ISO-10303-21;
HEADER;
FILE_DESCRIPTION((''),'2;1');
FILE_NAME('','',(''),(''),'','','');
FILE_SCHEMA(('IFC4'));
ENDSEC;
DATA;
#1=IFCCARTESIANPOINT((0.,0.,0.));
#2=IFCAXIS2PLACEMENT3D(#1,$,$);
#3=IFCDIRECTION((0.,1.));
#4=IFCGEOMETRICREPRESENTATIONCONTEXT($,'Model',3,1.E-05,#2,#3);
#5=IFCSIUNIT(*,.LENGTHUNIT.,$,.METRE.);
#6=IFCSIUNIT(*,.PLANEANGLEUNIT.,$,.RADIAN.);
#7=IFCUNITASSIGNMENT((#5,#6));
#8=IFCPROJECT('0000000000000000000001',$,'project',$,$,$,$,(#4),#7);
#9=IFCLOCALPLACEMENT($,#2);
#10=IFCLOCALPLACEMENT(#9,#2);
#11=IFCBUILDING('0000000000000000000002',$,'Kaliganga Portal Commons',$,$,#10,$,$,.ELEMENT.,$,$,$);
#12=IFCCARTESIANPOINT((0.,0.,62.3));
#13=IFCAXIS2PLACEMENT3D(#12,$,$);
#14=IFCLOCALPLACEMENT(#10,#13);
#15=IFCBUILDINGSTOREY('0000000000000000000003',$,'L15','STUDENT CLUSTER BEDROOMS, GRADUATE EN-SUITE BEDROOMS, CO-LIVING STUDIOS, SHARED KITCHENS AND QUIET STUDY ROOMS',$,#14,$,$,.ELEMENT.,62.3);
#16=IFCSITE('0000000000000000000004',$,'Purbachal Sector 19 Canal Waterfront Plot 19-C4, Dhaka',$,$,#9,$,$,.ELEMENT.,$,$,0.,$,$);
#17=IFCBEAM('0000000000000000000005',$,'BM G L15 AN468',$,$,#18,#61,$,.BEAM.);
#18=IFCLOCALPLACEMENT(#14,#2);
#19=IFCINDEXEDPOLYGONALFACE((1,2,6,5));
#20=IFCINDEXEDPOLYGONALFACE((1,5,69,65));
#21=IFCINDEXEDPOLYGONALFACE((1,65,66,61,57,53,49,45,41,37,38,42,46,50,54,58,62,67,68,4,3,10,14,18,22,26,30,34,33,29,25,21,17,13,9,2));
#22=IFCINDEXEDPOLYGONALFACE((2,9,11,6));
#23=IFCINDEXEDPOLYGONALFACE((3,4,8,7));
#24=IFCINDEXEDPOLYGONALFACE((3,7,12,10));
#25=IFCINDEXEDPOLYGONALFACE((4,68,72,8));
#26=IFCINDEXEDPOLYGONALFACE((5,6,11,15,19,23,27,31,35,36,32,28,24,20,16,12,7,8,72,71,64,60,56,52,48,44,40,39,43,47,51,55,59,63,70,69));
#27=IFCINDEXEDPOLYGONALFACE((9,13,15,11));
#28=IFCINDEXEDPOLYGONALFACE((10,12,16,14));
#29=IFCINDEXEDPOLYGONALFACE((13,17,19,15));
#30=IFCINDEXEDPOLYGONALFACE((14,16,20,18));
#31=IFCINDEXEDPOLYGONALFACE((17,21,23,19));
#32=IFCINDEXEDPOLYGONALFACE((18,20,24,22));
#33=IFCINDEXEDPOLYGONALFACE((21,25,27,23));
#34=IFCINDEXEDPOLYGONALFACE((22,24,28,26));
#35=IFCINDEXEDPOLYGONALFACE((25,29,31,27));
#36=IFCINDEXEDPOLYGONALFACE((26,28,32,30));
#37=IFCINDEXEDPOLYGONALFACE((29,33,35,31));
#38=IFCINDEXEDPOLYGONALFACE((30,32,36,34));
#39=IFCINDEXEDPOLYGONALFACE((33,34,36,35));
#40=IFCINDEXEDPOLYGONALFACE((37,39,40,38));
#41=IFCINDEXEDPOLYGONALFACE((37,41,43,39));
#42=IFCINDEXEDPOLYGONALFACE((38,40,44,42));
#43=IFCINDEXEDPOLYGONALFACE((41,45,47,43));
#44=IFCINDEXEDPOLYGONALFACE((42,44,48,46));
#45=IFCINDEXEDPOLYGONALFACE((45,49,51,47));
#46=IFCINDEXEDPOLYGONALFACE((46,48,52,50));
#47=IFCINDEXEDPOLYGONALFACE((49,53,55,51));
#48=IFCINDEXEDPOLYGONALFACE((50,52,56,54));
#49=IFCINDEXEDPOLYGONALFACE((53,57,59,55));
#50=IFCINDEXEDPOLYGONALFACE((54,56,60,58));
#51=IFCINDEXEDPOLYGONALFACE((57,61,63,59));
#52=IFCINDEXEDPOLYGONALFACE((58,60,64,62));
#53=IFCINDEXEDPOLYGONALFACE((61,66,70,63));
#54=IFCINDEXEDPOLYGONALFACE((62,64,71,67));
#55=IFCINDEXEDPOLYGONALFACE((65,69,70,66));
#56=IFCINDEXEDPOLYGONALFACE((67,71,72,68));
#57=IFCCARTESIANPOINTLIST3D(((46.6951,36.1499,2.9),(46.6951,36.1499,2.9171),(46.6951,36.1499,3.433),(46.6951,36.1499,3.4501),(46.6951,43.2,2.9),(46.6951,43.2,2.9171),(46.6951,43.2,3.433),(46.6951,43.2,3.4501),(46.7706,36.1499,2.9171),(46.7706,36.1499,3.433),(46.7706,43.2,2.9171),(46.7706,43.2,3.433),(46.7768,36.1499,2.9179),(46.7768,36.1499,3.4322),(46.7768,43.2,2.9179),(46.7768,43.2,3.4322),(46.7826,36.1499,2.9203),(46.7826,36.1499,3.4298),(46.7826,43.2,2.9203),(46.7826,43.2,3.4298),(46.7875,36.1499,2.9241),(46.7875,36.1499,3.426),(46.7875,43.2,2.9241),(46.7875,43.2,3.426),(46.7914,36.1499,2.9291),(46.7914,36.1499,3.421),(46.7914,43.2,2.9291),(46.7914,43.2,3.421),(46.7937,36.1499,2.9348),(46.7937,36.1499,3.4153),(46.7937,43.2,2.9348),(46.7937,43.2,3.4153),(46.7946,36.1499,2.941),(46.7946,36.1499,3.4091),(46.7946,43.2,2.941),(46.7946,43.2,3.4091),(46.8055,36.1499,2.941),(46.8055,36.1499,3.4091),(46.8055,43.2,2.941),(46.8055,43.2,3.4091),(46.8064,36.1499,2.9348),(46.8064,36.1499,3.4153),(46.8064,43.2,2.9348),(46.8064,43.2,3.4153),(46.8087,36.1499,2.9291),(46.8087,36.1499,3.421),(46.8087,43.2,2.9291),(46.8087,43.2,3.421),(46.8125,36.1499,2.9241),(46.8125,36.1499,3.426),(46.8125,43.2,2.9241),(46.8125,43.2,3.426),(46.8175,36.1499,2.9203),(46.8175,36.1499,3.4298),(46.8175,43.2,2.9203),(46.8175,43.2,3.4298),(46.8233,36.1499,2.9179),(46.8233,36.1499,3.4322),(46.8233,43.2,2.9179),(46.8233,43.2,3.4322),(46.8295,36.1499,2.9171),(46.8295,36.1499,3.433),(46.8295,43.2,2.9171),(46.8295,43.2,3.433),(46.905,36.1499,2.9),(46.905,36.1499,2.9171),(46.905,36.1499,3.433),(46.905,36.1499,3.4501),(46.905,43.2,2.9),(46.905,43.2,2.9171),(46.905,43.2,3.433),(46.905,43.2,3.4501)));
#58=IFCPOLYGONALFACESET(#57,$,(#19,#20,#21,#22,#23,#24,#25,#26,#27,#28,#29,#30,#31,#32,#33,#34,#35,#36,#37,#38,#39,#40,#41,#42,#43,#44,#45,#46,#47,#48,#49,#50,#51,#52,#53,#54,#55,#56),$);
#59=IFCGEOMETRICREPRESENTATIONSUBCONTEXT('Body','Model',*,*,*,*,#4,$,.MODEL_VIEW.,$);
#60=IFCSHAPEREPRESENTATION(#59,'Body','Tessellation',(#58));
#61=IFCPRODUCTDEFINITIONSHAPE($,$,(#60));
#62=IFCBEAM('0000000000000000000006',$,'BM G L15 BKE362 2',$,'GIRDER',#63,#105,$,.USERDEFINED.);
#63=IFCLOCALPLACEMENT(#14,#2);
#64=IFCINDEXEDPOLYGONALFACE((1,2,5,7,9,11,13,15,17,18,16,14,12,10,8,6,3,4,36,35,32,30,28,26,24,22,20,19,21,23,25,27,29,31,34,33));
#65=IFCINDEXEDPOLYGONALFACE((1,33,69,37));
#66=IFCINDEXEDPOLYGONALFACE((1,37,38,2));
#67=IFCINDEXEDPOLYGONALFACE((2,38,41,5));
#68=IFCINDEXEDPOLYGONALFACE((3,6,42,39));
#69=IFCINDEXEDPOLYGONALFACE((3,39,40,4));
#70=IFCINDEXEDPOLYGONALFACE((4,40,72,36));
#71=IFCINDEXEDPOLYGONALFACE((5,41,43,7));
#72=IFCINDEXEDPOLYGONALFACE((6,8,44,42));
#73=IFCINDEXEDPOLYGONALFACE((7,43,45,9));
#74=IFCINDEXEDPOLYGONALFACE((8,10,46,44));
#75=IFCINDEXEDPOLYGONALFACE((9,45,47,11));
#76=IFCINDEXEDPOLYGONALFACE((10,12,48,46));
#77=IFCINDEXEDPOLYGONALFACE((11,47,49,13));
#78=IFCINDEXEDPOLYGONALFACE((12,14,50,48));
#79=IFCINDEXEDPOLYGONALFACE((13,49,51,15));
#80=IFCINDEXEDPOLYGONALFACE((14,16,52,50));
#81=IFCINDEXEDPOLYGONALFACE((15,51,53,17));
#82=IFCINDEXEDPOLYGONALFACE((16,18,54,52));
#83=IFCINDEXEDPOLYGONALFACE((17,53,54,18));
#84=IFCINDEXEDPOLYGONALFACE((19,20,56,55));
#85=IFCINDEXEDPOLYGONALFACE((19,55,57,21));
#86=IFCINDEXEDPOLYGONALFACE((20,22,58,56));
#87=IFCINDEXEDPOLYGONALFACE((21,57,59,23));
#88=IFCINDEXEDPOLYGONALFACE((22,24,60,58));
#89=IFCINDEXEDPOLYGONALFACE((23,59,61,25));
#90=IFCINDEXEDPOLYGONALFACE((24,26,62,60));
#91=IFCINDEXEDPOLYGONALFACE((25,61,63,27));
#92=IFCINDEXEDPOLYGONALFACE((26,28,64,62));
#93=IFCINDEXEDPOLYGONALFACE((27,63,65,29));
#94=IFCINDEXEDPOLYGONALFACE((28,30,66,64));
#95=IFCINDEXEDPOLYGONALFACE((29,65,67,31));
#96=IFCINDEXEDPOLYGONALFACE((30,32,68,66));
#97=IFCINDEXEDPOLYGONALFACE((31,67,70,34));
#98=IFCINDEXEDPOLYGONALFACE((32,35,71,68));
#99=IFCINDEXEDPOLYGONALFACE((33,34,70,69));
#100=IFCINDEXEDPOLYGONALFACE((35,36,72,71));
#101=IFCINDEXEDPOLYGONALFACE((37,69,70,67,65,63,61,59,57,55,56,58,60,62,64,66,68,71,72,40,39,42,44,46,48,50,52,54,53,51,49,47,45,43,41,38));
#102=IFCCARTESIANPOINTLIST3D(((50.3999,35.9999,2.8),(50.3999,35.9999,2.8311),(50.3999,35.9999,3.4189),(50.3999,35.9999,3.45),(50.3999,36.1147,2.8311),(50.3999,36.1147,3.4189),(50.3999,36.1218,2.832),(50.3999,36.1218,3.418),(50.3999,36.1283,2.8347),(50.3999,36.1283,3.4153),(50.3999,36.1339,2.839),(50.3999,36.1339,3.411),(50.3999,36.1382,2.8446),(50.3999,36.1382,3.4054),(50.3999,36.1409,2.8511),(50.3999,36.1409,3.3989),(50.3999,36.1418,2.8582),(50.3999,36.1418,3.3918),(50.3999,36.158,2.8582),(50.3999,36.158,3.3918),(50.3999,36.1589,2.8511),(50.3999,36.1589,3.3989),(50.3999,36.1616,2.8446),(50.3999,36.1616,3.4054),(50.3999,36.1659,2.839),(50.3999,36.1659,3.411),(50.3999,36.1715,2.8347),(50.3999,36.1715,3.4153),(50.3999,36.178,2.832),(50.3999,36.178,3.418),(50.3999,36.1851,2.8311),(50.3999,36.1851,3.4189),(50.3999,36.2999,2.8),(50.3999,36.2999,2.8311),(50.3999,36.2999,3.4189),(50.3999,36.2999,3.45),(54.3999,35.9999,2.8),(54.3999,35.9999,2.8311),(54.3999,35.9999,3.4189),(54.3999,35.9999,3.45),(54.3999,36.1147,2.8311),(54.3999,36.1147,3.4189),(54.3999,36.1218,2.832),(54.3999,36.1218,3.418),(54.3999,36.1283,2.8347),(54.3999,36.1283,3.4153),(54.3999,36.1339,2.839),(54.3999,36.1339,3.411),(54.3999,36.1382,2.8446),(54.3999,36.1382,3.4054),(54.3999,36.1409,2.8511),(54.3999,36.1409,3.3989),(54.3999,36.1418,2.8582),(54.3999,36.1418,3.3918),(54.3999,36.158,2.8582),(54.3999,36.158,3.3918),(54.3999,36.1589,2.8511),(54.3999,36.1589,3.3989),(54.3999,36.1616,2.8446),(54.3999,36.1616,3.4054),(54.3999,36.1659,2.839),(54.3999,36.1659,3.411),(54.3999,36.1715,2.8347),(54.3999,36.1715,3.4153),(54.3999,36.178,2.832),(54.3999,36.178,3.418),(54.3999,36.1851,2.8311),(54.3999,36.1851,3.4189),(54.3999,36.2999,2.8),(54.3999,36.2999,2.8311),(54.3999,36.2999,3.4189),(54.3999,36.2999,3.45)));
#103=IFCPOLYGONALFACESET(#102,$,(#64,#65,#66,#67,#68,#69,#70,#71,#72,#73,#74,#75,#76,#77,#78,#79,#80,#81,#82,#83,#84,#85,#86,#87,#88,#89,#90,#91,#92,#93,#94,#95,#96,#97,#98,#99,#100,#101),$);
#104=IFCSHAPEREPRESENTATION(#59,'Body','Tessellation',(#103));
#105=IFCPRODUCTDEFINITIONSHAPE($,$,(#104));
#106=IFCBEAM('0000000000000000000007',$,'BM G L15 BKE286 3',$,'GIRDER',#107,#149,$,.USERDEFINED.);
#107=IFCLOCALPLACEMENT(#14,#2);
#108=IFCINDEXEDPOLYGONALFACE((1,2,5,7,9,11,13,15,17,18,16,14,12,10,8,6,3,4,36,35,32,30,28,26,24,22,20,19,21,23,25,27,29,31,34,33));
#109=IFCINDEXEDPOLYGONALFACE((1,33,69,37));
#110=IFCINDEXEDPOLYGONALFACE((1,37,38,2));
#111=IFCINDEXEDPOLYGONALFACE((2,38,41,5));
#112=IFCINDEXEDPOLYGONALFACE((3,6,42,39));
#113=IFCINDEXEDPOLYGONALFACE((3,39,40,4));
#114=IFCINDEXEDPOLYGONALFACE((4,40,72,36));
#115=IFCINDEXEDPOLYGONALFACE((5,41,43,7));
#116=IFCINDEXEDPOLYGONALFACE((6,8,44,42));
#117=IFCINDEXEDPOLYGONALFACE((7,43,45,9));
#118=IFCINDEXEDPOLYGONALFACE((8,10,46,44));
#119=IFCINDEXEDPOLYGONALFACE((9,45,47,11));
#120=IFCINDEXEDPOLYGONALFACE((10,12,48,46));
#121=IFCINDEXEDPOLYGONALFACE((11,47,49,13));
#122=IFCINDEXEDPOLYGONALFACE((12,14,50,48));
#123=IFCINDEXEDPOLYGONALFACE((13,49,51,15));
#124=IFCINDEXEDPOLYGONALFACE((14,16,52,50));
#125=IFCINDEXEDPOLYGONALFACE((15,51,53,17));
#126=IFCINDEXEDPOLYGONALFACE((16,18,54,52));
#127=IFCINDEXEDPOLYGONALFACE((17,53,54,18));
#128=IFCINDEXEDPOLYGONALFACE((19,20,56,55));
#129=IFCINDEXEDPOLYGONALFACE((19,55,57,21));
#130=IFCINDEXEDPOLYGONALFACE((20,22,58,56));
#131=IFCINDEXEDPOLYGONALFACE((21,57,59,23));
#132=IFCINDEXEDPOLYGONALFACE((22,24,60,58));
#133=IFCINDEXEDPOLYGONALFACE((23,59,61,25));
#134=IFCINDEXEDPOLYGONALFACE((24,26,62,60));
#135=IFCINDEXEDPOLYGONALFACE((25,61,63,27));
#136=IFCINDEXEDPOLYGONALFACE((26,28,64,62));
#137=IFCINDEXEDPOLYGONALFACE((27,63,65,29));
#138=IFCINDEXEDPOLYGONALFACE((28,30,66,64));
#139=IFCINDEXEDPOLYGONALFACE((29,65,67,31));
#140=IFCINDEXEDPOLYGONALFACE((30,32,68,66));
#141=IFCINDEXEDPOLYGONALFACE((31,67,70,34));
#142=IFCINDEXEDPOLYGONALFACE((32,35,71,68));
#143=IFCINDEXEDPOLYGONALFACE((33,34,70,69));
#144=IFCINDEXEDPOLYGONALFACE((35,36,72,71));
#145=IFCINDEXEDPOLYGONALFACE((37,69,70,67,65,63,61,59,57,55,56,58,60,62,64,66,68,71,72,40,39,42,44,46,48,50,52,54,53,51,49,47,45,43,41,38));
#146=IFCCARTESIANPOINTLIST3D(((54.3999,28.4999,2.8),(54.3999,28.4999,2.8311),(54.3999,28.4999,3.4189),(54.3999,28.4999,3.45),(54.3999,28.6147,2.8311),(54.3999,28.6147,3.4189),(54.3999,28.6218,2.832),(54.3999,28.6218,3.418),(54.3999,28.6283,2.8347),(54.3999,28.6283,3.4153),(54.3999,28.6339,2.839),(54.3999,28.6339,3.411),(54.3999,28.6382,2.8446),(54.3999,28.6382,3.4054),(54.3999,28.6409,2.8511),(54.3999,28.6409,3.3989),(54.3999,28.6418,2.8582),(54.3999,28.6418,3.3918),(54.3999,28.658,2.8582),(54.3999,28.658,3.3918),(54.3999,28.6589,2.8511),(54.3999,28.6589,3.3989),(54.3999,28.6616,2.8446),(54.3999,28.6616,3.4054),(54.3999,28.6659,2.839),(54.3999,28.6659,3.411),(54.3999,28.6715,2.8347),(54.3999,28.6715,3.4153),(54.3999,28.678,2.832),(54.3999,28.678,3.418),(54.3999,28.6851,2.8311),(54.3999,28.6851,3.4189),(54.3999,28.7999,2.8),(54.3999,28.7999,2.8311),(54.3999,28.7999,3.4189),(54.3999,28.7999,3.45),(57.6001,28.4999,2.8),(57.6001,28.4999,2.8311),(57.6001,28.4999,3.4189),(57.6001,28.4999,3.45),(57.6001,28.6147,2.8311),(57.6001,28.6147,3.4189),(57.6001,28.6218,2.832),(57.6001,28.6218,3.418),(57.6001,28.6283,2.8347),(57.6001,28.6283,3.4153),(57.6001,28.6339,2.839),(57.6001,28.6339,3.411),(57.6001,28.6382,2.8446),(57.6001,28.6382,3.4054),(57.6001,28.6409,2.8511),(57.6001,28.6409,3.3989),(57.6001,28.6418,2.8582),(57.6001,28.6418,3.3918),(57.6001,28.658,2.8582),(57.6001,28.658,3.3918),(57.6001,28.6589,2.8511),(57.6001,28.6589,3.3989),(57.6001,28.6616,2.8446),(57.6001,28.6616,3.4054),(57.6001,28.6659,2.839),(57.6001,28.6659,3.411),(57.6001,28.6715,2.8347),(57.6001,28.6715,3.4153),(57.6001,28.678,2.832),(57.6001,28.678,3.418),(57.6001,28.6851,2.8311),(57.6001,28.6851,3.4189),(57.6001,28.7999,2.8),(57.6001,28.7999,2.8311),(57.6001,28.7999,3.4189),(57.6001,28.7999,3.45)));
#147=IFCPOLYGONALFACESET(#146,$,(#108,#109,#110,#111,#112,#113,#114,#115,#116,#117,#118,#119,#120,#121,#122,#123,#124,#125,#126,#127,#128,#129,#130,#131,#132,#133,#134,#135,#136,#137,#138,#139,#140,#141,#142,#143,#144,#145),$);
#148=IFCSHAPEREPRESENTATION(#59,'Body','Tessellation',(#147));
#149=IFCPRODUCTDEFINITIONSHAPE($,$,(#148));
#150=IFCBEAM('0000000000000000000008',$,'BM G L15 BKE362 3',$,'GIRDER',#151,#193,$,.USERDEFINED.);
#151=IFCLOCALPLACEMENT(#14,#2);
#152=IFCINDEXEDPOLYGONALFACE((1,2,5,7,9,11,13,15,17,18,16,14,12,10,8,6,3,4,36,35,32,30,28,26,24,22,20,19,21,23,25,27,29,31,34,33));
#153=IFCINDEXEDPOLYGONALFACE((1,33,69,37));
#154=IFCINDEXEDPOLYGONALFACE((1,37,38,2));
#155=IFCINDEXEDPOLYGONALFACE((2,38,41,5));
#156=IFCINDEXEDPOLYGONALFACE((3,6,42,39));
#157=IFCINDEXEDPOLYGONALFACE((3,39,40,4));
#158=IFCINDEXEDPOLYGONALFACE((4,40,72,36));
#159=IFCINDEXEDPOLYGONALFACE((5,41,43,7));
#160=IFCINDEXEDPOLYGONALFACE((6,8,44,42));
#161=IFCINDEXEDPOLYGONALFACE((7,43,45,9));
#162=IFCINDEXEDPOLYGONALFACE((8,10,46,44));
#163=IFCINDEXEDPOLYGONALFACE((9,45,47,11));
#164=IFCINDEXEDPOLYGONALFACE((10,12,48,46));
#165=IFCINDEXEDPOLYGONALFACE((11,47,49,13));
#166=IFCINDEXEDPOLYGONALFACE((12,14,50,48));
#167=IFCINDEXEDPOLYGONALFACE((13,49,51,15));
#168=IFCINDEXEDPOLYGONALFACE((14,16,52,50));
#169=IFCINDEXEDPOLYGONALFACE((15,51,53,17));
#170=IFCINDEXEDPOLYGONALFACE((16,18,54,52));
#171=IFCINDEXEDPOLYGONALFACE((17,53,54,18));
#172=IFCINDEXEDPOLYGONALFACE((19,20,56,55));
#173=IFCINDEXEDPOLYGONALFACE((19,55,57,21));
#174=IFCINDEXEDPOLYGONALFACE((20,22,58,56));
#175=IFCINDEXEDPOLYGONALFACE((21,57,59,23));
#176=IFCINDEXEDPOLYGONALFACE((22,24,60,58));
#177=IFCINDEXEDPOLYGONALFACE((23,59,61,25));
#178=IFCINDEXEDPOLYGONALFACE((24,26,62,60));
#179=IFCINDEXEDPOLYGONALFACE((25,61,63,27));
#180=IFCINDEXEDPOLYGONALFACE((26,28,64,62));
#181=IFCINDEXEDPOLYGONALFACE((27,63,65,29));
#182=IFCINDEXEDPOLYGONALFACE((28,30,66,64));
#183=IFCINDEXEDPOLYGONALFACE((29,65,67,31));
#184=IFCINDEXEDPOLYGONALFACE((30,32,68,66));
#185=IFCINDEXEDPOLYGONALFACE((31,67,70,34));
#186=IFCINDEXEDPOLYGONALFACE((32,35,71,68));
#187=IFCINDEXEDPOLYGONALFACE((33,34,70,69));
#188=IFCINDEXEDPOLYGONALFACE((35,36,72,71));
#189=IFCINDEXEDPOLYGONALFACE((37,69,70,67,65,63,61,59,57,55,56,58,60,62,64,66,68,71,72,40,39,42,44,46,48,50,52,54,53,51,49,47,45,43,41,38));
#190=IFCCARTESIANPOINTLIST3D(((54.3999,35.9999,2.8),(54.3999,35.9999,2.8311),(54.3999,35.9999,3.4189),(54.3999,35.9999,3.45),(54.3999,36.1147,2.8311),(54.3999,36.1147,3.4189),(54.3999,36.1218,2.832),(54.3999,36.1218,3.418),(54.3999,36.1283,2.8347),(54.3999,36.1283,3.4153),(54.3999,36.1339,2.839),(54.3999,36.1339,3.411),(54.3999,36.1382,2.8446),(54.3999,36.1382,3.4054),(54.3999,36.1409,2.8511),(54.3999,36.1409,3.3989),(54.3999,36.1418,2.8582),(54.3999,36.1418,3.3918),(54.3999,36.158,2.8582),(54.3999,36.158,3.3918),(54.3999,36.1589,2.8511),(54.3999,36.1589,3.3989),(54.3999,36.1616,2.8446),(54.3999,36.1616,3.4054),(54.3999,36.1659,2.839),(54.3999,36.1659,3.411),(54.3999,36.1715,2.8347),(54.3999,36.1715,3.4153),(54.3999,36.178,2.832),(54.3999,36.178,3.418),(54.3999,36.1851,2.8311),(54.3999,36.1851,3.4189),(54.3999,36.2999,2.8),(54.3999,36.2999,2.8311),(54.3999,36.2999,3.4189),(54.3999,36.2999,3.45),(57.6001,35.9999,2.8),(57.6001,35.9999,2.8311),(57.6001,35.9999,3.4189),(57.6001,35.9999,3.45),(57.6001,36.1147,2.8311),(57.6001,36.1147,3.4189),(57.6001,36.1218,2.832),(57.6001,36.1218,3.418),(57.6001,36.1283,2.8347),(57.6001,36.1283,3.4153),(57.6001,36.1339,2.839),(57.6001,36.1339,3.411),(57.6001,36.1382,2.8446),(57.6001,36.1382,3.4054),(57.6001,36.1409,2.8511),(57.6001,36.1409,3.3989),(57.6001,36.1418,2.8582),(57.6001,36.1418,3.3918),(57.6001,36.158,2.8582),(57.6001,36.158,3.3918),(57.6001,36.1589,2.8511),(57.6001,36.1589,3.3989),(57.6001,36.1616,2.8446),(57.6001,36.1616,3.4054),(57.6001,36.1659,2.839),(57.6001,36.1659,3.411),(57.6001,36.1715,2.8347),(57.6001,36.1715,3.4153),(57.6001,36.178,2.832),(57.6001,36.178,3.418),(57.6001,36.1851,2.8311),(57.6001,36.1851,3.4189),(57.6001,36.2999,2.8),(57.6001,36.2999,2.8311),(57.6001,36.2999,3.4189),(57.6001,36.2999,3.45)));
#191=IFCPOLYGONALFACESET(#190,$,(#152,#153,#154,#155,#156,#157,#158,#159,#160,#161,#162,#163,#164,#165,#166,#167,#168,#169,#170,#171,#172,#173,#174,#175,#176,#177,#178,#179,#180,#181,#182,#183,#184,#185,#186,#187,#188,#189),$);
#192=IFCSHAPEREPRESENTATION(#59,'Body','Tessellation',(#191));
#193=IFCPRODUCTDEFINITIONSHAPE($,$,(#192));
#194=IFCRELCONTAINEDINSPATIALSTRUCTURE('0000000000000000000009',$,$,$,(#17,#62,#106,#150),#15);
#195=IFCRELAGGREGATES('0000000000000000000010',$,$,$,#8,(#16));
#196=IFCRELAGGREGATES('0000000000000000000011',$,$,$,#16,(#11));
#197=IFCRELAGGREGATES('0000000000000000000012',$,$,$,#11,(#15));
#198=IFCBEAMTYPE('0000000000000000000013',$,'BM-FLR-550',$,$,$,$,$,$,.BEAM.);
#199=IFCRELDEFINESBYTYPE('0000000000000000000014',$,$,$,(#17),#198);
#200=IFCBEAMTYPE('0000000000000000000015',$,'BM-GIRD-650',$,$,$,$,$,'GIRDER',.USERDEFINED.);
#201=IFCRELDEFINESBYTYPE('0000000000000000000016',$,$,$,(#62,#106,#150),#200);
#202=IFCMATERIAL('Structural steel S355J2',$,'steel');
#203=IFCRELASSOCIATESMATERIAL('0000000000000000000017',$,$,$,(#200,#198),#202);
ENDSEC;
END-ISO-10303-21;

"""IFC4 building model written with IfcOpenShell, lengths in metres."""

from ifc_helpers import new_model, si_unit, direction, frame, origin, origin_2d, place, context, subcontext, project, spatial, i_section, extrude, source, transform, mapped, material, material_profile, profile_set, type_object, element, save


model = new_model("IFC4")

# Units and contexts
model_context = context("Model", 3, precision=1e-05, world=origin(), true_north=direction((0.0, 1.0)))
body_context = subcontext(model_context, "Body", "Model", "MODEL_VIEW")
ifc_project = project(units=[si_unit("LENGTHUNIT", "METRE"), si_unit("PLANEANGLEUNIT", "RADIAN")], contexts=[model_context])

# Site, building, storey
site_placement = place(None, origin())
site = spatial("IfcSite", under=ifc_project, at=site_placement, Name="Purbachal Sector 19 Canal Waterfront Plot 19-C4, Dhaka", CompositionType="ELEMENT", RefElevation=0.0)
building_placement = place(site_placement, origin())
building = spatial("IfcBuilding", under=site, at=building_placement, Name="Kaliganga Portal Commons", CompositionType="ELEMENT")
storey_placement = place(building_placement, frame((0.0, 0.0, 62.3)))
storey = spatial("IfcBuildingStorey", under=building, at=storey_placement, Name="L15", Description="STUDENT CLUSTER BEDROOMS, GRADUATE EN-SUITE BEDROOMS, CO-LIVING STUDIOS, SHARED KITCHENS AND QUIET STUDY ROOMS", CompositionType="ELEMENT", Elevation=62.3)

# Beams
ifc_material_1 = material(Name="Structural steel S355J2", Category="steel")
ifc_material_profile_1 = material_profile(ifc_material_1, i_section(OverallWidth=0.3, OverallDepth=0.6499, WebThickness=0.0161, FlangeThickness=0.031, FilletRadius=0.0271, at=origin_2d()), Name="HE 650 B")
ifc_profile_set_1 = profile_set([ifc_material_profile_1], Name="Structural steel S355J2 wide-flange")
beam_type_1 = type_object("IfcBeamType", Name="BM-GIRD-650", ElementType="GIRDER", PredefinedType="USERDEFINED", material=ifc_profile_set_1)
ifc_material_profile_2 = material_profile(ifc_material_1, i_section(OverallWidth=0.21, OverallDepth=0.55, WebThickness=0.011, FlangeThickness=0.0171, FilletRadius=0.0239, at=origin_2d()), Name="IPE 550")
ifc_profile_set_2 = profile_set([ifc_material_profile_2], Name="Structural steel S355J2 wide-flange")
beam_type_2 = type_object("IfcBeamType", Name="BM-FLR-550", PredefinedType="BEAM", material=ifc_profile_set_2)
shared_shape_1 = source(origin(), body_context, "Body", "SweptSolid", [
    extrude(i_section(OverallWidth=0.21, OverallDepth=0.55, WebThickness=0.011, FlangeThickness=0.0171, FilletRadius=0.0239, at=origin_2d()), origin(), (0.0, 0.0, 1.0), 7.05),
])
beam_1_placement = place(storey_placement, frame((46.8, 36.1499, 3.175), z_axis=(0.0, 1.0, 0.0), x_axis=(-1.0, 0.0, 0.0)))
element("IfcBeam", 1, at=beam_1_placement, inside=storey, type_object=beam_type_2, Name="BM G L15 AN468", PredefinedType="BEAM", context=body_context, shape_type="MappedRepresentation", body=[
    mapped(shared_shape_1, transform((0.0, 0.0, 0.0), x_axis=(1.0, 0.0, 0.0), y_axis=(0.0, 1.0, 0.0), z_axis=(0.0, 0.0, 1.0), scale=1.0)),
])
shared_shape_2 = source(origin(), body_context, "Body", "SweptSolid", [
    extrude(i_section(OverallWidth=0.3, OverallDepth=0.6499, WebThickness=0.0161, FlangeThickness=0.031, FilletRadius=0.0271, at=origin_2d()), origin(), (0.0, 0.0, 1.0), 4.0),
])
beam_2_placement = place(storey_placement, frame((50.3999, 36.1499, 3.125), z_axis=(1.0, 0.0, 0.0), x_axis=(0.0, 1.0, 0.0)))
element("IfcBeam", 2, at=beam_2_placement, inside=storey, type_object=beam_type_1, Name="BM G L15 BKE362 2", ObjectType="GIRDER", PredefinedType="USERDEFINED", context=body_context, shape_type="MappedRepresentation", body=[
    mapped(shared_shape_2, transform((0.0, 0.0, 0.0), x_axis=(1.0, 0.0, 0.0), y_axis=(0.0, 1.0, 0.0), z_axis=(0.0, 0.0, 1.0), scale=1.0)),
])
shared_shape_3 = source(origin(), body_context, "Body", "SweptSolid", [
    extrude(i_section(OverallWidth=0.3, OverallDepth=0.6499, WebThickness=0.0161, FlangeThickness=0.031, FilletRadius=0.0271, at=origin_2d()), origin(), (0.0, 0.0, 1.0), 3.2002),
])
for number, where, z_axis, x_axis, name in (
    (3, (54.3999, 28.6499, 3.125), (1.0, 0.0, 0.0), (0.0, 1.0, 0.0), "BM G L15 BKE286 3"),
    (4, (54.3999, 36.1499, 3.125), (1.0, 0.0, 0.0), (0.0, 1.0, 0.0), "BM G L15 BKE362 3"),
):
    element("IfcBeam", number, at=place(storey_placement, frame(where, z_axis=z_axis, x_axis=x_axis)), inside=storey, type_object=beam_type_1, Name=name, ObjectType="GIRDER", PredefinedType="USERDEFINED", context=body_context, shape_type="MappedRepresentation", body=[
        mapped(shared_shape_3, transform((0.0, 0.0, 0.0), x_axis=(1.0, 0.0, 0.0), y_axis=(0.0, 1.0, 0.0), z_axis=(0.0, 0.0, 1.0), scale=1.0)),
    ])

save(model, "model.ifc")
